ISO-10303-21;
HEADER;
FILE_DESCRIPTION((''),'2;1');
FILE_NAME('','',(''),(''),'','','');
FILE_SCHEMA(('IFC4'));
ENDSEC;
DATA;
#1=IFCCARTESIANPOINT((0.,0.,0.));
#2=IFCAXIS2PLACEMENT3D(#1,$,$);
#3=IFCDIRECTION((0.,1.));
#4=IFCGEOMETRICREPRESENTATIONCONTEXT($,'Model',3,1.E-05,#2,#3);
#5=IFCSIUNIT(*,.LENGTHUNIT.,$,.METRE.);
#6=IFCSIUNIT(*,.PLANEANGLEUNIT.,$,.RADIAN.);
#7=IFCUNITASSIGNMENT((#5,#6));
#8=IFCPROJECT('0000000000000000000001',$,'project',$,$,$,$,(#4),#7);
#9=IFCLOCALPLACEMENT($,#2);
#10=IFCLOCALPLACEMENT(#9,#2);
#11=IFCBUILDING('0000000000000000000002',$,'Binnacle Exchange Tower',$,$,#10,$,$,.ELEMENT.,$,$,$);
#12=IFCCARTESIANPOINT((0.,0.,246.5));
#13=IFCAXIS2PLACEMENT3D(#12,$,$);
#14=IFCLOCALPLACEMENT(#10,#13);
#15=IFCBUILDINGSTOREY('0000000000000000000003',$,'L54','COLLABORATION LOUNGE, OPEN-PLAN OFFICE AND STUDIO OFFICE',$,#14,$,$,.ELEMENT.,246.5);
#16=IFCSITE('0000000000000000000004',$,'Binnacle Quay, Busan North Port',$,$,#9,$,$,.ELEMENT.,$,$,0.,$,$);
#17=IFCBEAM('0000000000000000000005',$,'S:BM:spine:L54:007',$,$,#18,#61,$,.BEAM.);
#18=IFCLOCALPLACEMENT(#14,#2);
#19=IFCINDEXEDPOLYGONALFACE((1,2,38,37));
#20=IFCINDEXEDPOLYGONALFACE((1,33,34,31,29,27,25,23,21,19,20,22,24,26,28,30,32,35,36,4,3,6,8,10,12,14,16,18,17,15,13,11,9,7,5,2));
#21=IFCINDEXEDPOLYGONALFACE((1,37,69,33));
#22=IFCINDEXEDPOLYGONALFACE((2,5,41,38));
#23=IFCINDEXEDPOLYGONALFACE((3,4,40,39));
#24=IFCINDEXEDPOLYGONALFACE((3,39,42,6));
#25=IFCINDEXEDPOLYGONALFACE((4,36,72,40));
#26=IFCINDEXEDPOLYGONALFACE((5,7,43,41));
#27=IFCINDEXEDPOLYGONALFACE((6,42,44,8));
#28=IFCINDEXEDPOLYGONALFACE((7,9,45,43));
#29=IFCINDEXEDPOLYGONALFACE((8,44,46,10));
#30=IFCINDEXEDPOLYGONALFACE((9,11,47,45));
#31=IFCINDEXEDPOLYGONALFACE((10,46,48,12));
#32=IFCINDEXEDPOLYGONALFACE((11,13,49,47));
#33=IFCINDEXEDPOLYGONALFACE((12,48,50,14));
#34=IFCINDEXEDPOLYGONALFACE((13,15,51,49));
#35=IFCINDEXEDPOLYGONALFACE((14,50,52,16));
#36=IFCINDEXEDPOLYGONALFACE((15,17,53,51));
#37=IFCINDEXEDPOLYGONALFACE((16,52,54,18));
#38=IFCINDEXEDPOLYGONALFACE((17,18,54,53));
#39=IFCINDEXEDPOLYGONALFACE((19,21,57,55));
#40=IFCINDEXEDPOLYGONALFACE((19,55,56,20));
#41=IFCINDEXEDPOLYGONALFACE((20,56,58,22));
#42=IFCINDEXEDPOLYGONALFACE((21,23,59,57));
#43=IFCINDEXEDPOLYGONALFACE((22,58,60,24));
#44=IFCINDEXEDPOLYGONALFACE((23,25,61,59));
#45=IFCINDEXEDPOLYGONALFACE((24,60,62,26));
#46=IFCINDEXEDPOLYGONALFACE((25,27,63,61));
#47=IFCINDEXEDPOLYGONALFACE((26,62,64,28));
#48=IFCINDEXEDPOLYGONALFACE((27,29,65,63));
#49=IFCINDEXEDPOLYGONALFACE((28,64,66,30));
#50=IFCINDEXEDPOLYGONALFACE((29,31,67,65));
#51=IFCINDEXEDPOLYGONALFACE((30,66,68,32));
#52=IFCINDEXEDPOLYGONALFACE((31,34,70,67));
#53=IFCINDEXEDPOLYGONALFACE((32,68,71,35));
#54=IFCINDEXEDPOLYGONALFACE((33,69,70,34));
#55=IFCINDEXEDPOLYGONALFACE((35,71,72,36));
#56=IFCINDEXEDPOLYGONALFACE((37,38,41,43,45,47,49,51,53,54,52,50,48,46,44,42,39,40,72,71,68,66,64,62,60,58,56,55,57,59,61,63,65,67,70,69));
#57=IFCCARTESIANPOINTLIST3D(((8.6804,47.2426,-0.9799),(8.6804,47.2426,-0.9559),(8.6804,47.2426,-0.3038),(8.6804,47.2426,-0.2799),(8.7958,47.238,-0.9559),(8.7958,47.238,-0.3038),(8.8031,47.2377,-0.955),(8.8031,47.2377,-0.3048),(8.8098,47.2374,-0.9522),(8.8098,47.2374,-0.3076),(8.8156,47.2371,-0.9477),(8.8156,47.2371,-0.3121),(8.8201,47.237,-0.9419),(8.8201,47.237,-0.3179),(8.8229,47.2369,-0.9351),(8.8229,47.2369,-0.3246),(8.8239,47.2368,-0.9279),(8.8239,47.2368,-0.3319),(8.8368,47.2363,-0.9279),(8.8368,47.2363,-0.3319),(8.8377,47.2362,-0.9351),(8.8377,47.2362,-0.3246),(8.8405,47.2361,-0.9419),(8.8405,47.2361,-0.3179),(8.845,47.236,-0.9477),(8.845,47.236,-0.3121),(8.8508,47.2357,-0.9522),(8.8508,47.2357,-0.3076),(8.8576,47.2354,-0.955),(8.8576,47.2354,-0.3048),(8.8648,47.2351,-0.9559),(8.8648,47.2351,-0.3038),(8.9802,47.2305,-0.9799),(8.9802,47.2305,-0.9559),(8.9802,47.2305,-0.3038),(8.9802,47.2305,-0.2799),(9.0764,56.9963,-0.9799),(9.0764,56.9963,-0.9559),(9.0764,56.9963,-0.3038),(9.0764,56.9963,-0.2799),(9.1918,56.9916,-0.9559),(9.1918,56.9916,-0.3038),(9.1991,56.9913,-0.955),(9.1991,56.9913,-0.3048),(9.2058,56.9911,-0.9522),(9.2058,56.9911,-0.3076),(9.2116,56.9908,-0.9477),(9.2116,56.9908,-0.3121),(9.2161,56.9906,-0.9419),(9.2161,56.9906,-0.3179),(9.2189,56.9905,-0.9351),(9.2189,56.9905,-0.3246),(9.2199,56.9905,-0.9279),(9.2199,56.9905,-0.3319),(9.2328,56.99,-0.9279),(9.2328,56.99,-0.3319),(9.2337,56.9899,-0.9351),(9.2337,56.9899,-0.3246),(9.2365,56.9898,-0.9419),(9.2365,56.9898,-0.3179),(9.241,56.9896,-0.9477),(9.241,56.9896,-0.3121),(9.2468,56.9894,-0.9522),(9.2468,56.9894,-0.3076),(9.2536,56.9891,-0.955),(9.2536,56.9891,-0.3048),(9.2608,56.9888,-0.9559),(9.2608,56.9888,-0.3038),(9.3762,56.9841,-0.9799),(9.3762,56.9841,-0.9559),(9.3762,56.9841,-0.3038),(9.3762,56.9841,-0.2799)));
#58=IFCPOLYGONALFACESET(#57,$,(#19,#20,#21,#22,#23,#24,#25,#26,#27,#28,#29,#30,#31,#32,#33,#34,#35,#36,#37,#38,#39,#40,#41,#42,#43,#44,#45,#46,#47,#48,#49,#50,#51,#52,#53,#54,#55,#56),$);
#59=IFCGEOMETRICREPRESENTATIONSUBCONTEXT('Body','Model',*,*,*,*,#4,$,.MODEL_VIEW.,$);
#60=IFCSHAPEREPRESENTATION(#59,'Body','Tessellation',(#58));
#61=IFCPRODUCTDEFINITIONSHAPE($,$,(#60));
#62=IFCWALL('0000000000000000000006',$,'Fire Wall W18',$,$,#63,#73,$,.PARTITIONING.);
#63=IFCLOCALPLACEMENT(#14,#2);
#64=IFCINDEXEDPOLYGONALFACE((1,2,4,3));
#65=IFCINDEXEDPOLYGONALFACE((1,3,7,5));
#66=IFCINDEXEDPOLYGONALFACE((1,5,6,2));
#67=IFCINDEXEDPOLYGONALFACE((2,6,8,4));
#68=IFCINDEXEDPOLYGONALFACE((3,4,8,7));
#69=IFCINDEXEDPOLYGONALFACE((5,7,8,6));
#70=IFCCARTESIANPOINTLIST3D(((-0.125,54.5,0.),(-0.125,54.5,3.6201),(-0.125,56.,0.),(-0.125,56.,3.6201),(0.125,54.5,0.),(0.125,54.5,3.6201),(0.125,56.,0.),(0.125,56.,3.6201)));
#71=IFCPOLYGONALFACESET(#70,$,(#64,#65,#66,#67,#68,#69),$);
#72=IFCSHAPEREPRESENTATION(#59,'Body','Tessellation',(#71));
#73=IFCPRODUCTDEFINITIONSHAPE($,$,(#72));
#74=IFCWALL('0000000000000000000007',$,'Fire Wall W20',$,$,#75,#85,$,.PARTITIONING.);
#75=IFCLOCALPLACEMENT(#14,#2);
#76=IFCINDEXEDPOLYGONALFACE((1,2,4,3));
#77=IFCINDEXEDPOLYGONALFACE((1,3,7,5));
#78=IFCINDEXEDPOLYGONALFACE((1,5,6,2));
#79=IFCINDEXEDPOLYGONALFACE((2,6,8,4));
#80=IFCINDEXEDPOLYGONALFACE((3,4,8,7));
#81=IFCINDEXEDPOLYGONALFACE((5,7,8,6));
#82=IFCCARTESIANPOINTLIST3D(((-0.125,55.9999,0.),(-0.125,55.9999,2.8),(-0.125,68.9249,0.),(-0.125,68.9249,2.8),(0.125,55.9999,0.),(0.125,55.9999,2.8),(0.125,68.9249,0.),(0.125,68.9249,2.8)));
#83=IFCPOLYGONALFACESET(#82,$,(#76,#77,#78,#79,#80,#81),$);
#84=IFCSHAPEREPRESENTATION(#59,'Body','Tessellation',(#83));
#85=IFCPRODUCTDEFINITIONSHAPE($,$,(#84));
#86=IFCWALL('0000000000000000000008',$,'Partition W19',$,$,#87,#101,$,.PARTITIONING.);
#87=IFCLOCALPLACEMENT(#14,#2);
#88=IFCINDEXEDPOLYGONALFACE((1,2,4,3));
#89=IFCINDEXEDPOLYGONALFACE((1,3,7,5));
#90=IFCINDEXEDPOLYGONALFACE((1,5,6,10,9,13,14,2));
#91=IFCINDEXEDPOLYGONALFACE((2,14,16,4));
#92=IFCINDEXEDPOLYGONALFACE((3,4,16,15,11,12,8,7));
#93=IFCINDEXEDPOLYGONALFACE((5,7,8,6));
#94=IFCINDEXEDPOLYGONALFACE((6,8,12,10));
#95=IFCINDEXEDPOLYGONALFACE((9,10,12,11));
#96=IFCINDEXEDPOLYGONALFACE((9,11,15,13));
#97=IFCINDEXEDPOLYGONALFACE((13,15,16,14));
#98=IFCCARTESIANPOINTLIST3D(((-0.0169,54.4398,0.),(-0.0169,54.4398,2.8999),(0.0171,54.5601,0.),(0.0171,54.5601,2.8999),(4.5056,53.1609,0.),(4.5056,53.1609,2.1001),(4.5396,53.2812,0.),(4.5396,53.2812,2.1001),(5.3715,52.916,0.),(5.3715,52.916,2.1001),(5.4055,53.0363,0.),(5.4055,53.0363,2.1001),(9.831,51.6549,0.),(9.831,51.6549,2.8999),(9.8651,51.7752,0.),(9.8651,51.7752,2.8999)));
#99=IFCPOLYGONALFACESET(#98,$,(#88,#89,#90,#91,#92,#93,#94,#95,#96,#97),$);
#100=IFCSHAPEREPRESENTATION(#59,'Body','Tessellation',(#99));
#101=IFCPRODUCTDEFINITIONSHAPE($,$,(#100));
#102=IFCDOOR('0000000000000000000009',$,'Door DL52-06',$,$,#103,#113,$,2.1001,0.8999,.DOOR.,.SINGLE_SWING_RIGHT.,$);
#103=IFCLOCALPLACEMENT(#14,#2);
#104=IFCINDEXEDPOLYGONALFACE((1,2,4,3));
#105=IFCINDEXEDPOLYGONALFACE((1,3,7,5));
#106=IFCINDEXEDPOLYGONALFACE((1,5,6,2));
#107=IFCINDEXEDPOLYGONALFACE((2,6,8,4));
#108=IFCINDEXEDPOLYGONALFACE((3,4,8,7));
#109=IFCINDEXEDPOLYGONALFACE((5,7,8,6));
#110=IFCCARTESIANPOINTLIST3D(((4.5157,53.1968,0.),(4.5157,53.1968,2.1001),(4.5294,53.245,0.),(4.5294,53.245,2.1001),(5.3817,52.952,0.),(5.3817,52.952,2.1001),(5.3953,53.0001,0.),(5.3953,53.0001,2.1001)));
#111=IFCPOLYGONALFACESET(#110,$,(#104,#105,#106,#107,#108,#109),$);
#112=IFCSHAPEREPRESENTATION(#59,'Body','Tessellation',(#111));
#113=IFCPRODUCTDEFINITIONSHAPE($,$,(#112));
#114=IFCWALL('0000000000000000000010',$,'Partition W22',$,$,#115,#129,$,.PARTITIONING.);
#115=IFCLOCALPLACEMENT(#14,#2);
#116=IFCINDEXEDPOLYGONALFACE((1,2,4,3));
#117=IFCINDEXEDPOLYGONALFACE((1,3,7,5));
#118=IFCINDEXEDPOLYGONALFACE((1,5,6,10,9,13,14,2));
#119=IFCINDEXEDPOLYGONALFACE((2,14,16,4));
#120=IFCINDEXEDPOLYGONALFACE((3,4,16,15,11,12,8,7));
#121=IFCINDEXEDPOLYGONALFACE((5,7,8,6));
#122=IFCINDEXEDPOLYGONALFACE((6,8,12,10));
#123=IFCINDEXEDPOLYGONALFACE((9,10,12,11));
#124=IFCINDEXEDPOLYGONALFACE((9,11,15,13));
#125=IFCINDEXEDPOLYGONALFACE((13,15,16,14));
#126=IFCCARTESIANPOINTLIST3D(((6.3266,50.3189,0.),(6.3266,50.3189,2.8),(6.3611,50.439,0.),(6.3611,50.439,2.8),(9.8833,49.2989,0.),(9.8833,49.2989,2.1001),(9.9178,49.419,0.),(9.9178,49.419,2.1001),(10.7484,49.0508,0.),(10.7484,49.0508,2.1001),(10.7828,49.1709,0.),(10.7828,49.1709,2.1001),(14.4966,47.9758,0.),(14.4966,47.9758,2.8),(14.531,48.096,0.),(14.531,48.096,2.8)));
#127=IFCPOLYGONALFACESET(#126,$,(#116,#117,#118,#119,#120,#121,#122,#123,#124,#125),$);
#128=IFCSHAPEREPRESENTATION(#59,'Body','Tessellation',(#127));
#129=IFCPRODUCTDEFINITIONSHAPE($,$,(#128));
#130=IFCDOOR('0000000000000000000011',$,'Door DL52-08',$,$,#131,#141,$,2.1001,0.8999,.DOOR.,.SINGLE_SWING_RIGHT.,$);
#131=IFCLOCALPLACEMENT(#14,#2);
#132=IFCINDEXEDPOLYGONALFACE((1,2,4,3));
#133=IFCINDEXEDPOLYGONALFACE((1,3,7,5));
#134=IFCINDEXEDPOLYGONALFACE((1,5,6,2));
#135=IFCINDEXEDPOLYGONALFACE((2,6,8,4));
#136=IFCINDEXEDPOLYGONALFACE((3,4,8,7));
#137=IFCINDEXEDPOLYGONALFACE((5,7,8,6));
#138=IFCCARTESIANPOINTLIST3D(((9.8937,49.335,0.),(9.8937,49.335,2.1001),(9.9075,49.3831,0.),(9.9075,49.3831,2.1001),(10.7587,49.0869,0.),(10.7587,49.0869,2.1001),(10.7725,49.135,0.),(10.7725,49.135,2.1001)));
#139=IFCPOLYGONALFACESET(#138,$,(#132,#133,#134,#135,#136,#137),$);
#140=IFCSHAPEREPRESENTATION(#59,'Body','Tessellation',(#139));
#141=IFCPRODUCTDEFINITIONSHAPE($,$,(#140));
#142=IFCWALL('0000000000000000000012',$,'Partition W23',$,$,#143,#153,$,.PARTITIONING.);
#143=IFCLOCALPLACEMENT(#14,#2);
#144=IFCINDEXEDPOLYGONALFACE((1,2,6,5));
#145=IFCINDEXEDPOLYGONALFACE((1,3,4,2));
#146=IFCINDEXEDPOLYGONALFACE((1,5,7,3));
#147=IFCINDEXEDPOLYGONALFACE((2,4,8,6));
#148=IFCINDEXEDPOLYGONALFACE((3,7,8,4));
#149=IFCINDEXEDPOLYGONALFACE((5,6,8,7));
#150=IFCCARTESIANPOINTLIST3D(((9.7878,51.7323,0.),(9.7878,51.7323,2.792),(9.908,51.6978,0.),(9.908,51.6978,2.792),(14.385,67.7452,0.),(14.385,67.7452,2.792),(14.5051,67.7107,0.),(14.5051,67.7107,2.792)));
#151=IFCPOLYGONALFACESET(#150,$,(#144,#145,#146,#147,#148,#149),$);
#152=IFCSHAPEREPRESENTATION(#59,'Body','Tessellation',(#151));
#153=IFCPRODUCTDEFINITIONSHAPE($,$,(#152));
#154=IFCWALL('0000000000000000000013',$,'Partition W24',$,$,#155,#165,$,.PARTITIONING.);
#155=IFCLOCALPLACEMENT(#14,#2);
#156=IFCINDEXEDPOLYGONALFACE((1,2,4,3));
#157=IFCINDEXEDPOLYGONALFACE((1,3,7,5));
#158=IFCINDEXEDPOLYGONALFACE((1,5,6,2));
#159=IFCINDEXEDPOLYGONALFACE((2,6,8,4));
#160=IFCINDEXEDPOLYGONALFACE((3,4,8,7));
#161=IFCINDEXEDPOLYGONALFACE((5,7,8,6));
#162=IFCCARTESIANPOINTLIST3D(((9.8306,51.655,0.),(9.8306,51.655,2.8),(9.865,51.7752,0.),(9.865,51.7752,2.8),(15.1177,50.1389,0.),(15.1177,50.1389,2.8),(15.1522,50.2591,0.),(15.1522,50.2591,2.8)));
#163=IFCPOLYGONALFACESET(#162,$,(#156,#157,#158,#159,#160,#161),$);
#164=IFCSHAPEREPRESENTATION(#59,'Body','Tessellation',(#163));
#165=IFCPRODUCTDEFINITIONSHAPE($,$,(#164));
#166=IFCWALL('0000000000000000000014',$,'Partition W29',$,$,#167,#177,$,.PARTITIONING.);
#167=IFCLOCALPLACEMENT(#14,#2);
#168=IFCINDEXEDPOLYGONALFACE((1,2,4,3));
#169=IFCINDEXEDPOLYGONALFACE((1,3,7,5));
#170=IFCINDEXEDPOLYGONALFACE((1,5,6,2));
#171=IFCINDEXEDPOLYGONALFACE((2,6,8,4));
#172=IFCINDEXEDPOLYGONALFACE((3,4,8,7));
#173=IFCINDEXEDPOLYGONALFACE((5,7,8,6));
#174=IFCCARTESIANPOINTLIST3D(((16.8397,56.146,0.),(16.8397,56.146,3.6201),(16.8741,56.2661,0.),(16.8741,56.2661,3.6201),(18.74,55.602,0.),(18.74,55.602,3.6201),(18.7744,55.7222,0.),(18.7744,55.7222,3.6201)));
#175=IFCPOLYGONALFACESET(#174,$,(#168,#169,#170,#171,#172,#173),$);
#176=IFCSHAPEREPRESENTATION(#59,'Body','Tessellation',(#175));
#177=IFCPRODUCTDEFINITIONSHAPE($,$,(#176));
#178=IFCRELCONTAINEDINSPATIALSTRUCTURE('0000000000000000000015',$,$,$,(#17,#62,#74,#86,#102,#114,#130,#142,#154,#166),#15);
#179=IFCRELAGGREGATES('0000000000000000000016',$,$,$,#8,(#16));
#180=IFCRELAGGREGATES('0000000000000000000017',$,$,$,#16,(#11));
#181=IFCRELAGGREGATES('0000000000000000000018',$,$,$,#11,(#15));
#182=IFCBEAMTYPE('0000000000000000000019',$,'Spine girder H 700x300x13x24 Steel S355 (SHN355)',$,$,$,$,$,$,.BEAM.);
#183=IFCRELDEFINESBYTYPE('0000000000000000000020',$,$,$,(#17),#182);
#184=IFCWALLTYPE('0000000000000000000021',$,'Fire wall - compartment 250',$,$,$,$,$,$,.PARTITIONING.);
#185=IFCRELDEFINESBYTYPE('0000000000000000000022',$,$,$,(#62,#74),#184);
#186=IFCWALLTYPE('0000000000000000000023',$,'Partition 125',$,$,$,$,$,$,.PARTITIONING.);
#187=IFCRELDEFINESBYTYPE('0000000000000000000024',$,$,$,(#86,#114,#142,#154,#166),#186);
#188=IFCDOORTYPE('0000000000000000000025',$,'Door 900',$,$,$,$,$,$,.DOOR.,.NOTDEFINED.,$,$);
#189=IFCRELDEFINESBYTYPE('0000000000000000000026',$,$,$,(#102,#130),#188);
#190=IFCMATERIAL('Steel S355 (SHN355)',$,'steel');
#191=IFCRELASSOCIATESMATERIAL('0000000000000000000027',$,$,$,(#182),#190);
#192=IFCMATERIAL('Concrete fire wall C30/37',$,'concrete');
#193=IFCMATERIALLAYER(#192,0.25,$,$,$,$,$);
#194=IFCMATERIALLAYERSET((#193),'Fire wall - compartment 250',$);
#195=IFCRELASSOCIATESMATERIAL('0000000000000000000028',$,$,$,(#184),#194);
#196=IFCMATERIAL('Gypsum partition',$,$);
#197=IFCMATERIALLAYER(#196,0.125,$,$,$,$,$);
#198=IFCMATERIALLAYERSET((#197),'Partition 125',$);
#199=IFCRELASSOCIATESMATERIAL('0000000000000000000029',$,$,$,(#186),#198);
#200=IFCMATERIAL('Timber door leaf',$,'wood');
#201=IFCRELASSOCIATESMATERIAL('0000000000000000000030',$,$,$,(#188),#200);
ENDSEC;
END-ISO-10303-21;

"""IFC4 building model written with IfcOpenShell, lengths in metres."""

from ifc_helpers import new_model, si_unit, direction, frame, frame_2d, origin, origin_2d, place, context, subcontext, project, spatial, rectangle, i_section, extrude, material, layer, layer_set, material_profile, profile_set, type_object, element, fill, save


model = new_model("IFC4")

# Units and contexts
model_context = context("Model", 3, precision=1e-05, world=origin(), true_north=direction((0.0, 1.0)))
body_context = subcontext(model_context, "Body", "Model", "MODEL_VIEW")
ifc_project = project(units=[si_unit("LENGTHUNIT", "METRE"), si_unit("PLANEANGLEUNIT", "RADIAN")], contexts=[model_context])

# Site, building, storey
site_placement = place(None, origin())
site = spatial("IfcSite", under=ifc_project, at=site_placement, Name="Binnacle Quay, Busan North Port", CompositionType="ELEMENT", RefElevation=0.0)
building_placement = place(site_placement, origin())
building = spatial("IfcBuilding", under=site, at=building_placement, Name="Binnacle Exchange Tower", CompositionType="ELEMENT")
storey_placement = place(building_placement, frame((0.0, 0.0, 246.5)))
storey = spatial("IfcBuildingStorey", under=building, at=storey_placement, Name="L54", Description="COLLABORATION LOUNGE, OPEN-PLAN OFFICE AND STUDIO OFFICE", CompositionType="ELEMENT", Elevation=246.5)

# Beam
ifc_material_1 = material(Name="Steel S355 (SHN355)", Category="steel")
ifc_material_profile = material_profile(ifc_material_1, i_section(OverallWidth=0.3, OverallDepth=0.7, WebThickness=0.0129, FlangeThickness=0.0239, FilletRadius=0.0281, at=origin_2d()), Name="H 700x300x13x24")
ifc_profile_set = profile_set([ifc_material_profile], Name="Steel S355 (SHN355)")
beam_type = type_object("IfcBeamType", Name="Spine girder H 700x300x13x24 Steel S355 (SHN355)", PredefinedType="BEAM", material=ifc_profile_set)
beam_placement = place(storey_placement, frame((9.2263, 56.9902, -0.6299), z_axis=(-0.040566, -0.999177, 0.0), x_axis=(0.999177, -0.040566, 0.0)))
element("IfcBeam", 1, at=beam_placement, inside=storey, type_object=beam_type, Name="S:BM:spine:L54:007", PredefinedType="BEAM", context=body_context, shape_type="SweptSolid", body=[
    extrude(i_section(OverallWidth=0.3, OverallDepth=0.7, WebThickness=0.0129, FlangeThickness=0.0239, FilletRadius=0.0281, at=origin_2d()), origin(), (0.0, 0.0, 1.0), 9.7617),
])

# Walls
ifc_material_2 = material(Name="Concrete fire wall C30/37", Category="concrete")
ifc_layer_1 = layer(ifc_material_2, 0.25)
ifc_layer_set_1 = layer_set([ifc_layer_1], Name="Fire wall - compartment 250")
wall_type_1 = type_object("IfcWallType", Name="Fire wall - compartment 250", PredefinedType="PARTITIONING", material=ifc_layer_set_1)
wall_1_placement = place(storey_placement, frame((0.0, 54.5, 0.0), z_axis=(0.0, 0.0, 1.0), x_axis=(0.0, 1.0, 0.0)))
element("IfcWall", 2, at=wall_1_placement, inside=storey, type_object=wall_type_1, Name="Fire Wall W18", PredefinedType="PARTITIONING", context=body_context, shape_type="SweptSolid", body=[
    extrude(rectangle(XDim=1.5, YDim=0.25, at=frame_2d((0.75, 0.0))), origin(), (0.0, 0.0, 1.0), 3.6201),
])
wall_2_placement = place(storey_placement, frame((0.0, 56.0, 0.0), z_axis=(0.0, 0.0, 1.0), x_axis=(0.0, 1.0, 0.0)))
element("IfcWall", 3, at=wall_2_placement, inside=storey, type_object=wall_type_1, Name="Fire Wall W20", PredefinedType="PARTITIONING", context=body_context, shape_type="SweptSolid", body=[
    extrude(rectangle(XDim=12.925, YDim=0.25, at=frame_2d((6.4624, 0.0))), origin(), (0.0, 0.0, 1.0), 2.8),
])

# Walls, openings, doors
ifc_material_3 = material(Name="Gypsum partition")
ifc_layer_2 = layer(ifc_material_3, 0.125)
ifc_layer_set_2 = layer_set([ifc_layer_2], Name="Partition 125")
wall_type_2 = type_object("IfcWallType", Name="Partition 125", PredefinedType="PARTITIONING", material=ifc_layer_set_2)
wall_3_placement = place(storey_placement, frame((0.0, 54.5, 0.0), z_axis=(0.0, 0.0, 1.0), x_axis=(0.962263, -0.272121, 0.0)))
wall_3 = element("IfcWall", 4, at=wall_3_placement, inside=storey, type_object=wall_type_2, Name="Partition W19", PredefinedType="PARTITIONING", context=body_context, shape_type="SweptSolid", body=[
    extrude(rectangle(XDim=10.2341, YDim=0.125, at=frame_2d((5.1172, 0.0))), origin(), (0.0, 0.0, 1.0), 2.8999),
])
opening_1_placement = place(wall_3_placement, frame((4.7, 0.0, 0.0)))
opening_1 = element("IfcOpeningElement", 5, at=opening_1_placement, cuts=wall_3, PredefinedType="OPENING", context=body_context, shape_type="SweptSolid", body=[
    extrude(rectangle(XDim=0.8999, YDim=2.1001, at=frame_2d((0.45, 1.05))), frame((0.0, 0.0725, 0.0), z_axis=(0.0, -1.0, 0.0), x_axis=(1.0, 0.0, 0.0)), (0.0, 0.0, 1.0), 0.145),
])
ifc_material_4 = material(Name="Timber door leaf", Category="wood")
door_type = type_object("IfcDoorType", Name="Door 900", OperationType="NOTDEFINED", PredefinedType="DOOR", material=ifc_material_4)
door_1_placement = place(opening_1_placement, origin())
door_1 = element("IfcDoor", 6, at=door_1_placement, inside=storey, type_object=door_type, Name="Door DL52-06", OperationType="SINGLE_SWING_RIGHT", OverallHeight=2.1001, OverallWidth=0.8999, PredefinedType="DOOR", context=body_context, shape_type="SweptSolid", body=[
    extrude(rectangle(XDim=0.8999, YDim=2.1001, at=frame_2d((0.45, 1.05))), frame((0.0, 0.0249, 0.0), z_axis=(0.0, -1.0, 0.0), x_axis=(1.0, 0.0, 0.0)), (0.0, 0.0, 1.0), 0.05),
])
fill(opening_1, door_1)
wall_4_placement = place(storey_placement, frame((6.344, 50.3789, 0.0), z_axis=(0.0, 0.0, 1.0), x_axis=(0.961251, -0.275673, 0.0)))
wall_4 = element("IfcWall", 7, at=wall_4_placement, inside=storey, type_object=wall_type_2, Name="Partition W22", PredefinedType="PARTITIONING", context=body_context, shape_type="SweptSolid", body=[
    extrude(rectangle(XDim=8.4993, YDim=0.125, at=frame_2d((4.2495, 0.0))), origin(), (0.0, 0.0, 1.0), 2.8),
])
opening_2_placement = place(wall_4_placement, frame((3.7, 0.0, 0.0)))
opening_2 = element("IfcOpeningElement", 8, at=opening_2_placement, cuts=wall_4, PredefinedType="OPENING", context=body_context, shape_type="SweptSolid", body=[
    extrude(rectangle(XDim=0.8999, YDim=2.1001, at=frame_2d((0.45, 1.05))), frame((0.0, 0.0725, 0.0), z_axis=(0.0, -1.0, 0.0), x_axis=(1.0, 0.0, 0.0)), (0.0, 0.0, 1.0), 0.145),
])
door_2_placement = place(opening_2_placement, frame((0.8999, 0.0, 0.0), z_axis=(0.0, 0.0, 1.0), x_axis=(-1.0, 0.0, 0.0)))
door_2 = element("IfcDoor", 9, at=door_2_placement, inside=storey, type_object=door_type, Name="Door DL52-08", OperationType="SINGLE_SWING_RIGHT", OverallHeight=2.1001, OverallWidth=0.8999, PredefinedType="DOOR", context=body_context, shape_type="SweptSolid", body=[
    extrude(rectangle(XDim=0.8999, YDim=2.1001, at=frame_2d((0.45, 1.05))), frame((0.0, 0.0249, 0.0), z_axis=(0.0, -1.0, 0.0), x_axis=(1.0, 0.0, 0.0)), (0.0, 0.0, 1.0), 0.05),
])
fill(opening_2, door_2)

# Walls
wall_5_placement = place(storey_placement, frame((9.8479, 51.7151, 0.0), z_axis=(0.0, 0.0, 1.0), x_axis=(0.275944, 0.961174, 0.0)))
element("IfcWall", 10, at=wall_5_placement, inside=storey, type_object=wall_type_2, Name="Partition W23", PredefinedType="PARTITIONING", context=body_context, shape_type="SweptSolid", body=[
    extrude(rectangle(XDim=16.6597, YDim=0.125, at=frame_2d((8.3298, 0.0))), origin(), (0.0, 0.0, 1.0), 2.792),
])
wall_6_placement = place(storey_placement, frame((9.8479, 51.7151, 0.0), z_axis=(0.0, 0.0, 1.0), x_axis=(0.961259, -0.275647, 0.0)))
element("IfcWall", 11, at=wall_6_placement, inside=storey, type_object=wall_type_2, Name="Partition W24", PredefinedType="PARTITIONING", context=body_context, shape_type="SweptSolid", body=[
    extrude(rectangle(XDim=5.5002, YDim=0.125, at=frame_2d((2.75, 0.0))), origin(), (0.0, 0.0, 1.0), 2.8),
])
wall_7_placement = place(storey_placement, frame((16.8569, 56.2061, 0.0), z_axis=(0.0, 0.0, 1.0), x_axis=(0.961384, -0.275211, 0.0)))
element("IfcWall", 12, at=wall_7_placement, inside=storey, type_object=wall_type_2, Name="Partition W29", PredefinedType="PARTITIONING", context=body_context, shape_type="SweptSolid", body=[
    extrude(rectangle(XDim=1.9766, YDim=0.125, at=frame_2d((0.9883, 0.0))), origin(), (0.0, 0.0, 1.0), 3.6201),
])

save(model, "model.ifc")
